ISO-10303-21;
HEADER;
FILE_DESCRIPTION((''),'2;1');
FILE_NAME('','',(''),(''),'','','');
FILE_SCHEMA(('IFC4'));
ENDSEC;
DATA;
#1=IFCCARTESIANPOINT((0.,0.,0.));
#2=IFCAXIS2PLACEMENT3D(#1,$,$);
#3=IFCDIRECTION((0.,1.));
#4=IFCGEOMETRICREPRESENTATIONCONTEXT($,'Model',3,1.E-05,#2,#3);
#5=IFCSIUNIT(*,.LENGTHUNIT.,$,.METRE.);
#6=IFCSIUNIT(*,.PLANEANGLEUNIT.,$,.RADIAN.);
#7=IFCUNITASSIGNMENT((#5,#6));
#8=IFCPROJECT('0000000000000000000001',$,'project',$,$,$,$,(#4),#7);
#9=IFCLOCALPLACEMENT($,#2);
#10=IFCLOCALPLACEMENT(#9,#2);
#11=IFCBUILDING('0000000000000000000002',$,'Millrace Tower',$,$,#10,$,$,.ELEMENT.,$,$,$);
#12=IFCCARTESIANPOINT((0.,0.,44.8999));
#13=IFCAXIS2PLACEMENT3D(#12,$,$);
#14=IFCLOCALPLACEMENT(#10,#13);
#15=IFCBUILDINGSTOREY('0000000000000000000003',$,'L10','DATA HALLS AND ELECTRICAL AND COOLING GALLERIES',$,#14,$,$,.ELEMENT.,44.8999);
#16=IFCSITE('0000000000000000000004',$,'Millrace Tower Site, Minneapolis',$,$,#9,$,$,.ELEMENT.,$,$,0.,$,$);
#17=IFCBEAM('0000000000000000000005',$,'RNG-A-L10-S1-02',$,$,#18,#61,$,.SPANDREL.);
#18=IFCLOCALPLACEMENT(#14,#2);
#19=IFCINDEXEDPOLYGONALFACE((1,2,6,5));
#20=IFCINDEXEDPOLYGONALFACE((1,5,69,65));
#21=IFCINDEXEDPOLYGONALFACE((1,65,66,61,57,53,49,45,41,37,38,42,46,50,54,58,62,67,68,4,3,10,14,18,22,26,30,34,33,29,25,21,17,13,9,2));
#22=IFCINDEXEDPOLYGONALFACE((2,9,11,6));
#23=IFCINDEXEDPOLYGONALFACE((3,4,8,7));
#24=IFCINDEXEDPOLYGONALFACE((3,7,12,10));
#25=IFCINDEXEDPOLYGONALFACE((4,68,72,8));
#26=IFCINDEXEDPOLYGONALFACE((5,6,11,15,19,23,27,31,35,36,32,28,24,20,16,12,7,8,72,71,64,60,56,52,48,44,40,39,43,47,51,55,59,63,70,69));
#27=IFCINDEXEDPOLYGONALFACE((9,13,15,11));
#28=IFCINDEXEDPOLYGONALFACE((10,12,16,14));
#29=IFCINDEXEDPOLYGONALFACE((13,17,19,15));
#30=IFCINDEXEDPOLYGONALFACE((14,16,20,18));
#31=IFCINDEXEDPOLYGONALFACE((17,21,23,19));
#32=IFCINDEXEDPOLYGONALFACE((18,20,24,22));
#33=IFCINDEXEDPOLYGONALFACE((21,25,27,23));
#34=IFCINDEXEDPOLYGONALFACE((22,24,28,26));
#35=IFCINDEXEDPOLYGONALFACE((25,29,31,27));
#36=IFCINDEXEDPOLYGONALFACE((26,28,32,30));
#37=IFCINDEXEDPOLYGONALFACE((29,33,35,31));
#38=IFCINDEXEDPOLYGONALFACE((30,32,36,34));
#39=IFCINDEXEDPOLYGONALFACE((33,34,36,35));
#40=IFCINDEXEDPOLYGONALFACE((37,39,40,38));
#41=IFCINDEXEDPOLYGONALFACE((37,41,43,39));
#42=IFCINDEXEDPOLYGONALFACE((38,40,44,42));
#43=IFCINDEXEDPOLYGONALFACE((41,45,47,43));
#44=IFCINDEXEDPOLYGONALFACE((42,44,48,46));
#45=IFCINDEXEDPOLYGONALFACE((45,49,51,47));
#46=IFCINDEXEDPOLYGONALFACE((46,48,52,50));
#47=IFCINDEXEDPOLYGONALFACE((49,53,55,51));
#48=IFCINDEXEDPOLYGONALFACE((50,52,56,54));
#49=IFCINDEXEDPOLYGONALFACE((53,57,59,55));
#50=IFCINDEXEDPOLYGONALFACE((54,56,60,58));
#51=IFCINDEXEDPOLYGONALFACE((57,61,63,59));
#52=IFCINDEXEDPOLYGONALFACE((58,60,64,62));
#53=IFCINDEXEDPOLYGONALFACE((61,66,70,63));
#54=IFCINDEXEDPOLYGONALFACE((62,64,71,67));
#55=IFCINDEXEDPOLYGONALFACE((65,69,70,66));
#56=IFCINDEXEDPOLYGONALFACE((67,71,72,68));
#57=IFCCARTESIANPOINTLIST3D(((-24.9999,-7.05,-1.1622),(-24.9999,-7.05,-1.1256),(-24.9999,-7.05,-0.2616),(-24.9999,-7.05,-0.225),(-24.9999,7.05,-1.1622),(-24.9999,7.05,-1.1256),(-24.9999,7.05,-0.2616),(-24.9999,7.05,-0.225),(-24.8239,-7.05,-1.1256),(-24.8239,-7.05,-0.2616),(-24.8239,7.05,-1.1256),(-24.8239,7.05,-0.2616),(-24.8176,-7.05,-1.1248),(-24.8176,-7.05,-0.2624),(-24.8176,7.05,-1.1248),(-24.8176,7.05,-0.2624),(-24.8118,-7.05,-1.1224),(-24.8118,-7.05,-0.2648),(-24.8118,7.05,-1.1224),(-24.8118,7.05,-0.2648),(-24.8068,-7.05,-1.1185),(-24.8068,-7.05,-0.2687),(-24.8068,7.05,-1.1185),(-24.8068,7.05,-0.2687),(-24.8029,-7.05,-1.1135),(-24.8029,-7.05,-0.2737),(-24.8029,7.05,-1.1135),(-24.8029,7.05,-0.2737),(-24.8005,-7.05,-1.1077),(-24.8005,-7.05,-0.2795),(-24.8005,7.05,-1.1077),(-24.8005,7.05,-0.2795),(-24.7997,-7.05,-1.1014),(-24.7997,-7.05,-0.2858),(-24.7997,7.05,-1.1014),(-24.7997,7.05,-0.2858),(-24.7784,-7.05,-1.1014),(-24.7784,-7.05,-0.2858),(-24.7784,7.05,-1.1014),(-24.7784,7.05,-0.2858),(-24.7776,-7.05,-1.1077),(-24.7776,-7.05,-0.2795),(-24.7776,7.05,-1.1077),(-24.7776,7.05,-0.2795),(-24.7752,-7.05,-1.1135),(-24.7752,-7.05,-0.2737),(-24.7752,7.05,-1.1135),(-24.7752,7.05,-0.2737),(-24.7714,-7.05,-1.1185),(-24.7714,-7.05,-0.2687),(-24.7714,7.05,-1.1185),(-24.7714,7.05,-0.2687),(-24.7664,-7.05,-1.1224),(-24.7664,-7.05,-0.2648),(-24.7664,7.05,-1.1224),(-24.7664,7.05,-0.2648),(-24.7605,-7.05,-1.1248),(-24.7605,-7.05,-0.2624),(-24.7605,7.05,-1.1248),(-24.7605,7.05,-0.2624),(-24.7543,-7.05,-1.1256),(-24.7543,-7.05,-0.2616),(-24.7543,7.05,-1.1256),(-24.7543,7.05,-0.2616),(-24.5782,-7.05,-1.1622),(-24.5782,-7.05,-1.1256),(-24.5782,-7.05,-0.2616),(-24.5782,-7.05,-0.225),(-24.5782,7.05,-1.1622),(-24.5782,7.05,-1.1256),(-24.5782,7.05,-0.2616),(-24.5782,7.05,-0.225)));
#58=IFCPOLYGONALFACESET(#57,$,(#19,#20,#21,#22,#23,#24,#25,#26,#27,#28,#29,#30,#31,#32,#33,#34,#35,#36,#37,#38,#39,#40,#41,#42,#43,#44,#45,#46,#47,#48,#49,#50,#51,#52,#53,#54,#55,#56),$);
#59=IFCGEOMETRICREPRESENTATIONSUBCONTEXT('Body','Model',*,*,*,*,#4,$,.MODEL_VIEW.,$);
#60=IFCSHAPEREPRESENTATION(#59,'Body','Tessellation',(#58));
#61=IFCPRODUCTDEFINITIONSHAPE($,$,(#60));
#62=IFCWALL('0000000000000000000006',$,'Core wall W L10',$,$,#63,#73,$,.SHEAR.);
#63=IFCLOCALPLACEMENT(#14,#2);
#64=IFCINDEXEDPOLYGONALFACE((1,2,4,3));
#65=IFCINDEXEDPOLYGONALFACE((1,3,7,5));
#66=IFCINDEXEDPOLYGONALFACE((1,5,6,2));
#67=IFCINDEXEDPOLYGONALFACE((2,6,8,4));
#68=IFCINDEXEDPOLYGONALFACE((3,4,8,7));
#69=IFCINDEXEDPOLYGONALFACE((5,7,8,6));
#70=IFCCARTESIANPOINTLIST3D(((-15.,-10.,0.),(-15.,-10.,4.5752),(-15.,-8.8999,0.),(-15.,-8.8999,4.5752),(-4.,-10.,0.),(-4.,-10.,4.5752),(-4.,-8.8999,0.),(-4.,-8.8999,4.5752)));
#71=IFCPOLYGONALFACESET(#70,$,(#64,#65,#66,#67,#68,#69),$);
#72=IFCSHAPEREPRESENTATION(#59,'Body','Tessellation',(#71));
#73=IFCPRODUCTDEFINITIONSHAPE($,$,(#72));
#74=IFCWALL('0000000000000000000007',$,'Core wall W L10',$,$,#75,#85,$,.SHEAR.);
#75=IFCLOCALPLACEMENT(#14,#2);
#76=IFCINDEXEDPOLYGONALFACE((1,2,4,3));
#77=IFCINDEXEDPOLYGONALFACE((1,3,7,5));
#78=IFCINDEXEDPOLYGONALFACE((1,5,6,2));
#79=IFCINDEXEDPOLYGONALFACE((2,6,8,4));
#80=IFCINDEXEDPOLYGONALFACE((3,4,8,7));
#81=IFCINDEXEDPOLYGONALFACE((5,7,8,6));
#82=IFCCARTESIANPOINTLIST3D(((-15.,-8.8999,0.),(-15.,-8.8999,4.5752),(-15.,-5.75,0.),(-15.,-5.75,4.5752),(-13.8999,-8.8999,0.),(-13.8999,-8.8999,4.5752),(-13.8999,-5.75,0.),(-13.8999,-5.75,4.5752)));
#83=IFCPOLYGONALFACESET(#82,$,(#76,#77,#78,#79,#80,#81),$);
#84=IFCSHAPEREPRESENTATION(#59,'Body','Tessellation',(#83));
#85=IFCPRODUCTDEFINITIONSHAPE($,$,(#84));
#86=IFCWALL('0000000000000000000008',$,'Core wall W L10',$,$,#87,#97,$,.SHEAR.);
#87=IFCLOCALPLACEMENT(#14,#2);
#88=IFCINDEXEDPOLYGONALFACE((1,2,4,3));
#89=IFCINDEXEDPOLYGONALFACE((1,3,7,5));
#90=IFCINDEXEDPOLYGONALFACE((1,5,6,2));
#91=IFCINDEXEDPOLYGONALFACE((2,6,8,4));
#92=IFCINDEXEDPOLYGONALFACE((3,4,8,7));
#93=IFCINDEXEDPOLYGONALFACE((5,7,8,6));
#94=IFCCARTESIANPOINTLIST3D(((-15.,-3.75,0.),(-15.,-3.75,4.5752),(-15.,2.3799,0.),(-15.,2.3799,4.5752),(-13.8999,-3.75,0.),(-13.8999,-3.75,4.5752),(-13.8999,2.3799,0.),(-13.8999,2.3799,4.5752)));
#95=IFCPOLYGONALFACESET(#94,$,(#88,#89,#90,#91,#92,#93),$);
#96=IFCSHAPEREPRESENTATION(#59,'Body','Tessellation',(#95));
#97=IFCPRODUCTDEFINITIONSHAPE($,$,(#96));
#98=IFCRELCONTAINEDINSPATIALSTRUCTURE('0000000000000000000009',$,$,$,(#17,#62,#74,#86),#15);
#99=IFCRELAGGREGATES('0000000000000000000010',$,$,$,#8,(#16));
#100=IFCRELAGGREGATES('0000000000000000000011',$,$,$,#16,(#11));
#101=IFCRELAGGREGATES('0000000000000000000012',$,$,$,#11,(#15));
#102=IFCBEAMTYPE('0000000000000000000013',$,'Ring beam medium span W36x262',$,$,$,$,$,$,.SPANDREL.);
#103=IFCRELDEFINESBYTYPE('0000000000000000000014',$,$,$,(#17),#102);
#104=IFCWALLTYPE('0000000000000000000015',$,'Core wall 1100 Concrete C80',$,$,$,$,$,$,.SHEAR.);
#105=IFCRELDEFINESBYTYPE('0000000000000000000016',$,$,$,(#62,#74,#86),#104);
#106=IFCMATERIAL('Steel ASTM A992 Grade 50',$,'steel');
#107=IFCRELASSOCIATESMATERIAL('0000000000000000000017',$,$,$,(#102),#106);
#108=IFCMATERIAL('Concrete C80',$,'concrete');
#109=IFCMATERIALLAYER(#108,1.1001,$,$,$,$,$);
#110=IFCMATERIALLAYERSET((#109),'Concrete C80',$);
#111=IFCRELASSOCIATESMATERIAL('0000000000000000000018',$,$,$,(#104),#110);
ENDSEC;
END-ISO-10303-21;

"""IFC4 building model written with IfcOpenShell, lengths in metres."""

from ifc_helpers import new_model, si_unit, direction, frame, frame_2d, origin, origin_2d, place, context, subcontext, project, spatial, rectangle, i_section, extrude, material, layer, layer_set, material_profile, profile_set, type_object, element, save


model = new_model("IFC4")

# Units and contexts
model_context = context("Model", 3, precision=1e-05, world=origin(), true_north=direction((0.0, 1.0)))
body_context = subcontext(model_context, "Body", "Model", "MODEL_VIEW")
ifc_project = project(units=[si_unit("LENGTHUNIT", "METRE"), si_unit("PLANEANGLEUNIT", "RADIAN")], contexts=[model_context])

# Site, building, storey
site_placement = place(None, origin())
site = spatial("IfcSite", under=ifc_project, at=site_placement, Name="Millrace Tower Site, Minneapolis", CompositionType="ELEMENT", RefElevation=0.0)
building_placement = place(site_placement, origin())
building = spatial("IfcBuilding", under=site, at=building_placement, Name="Millrace Tower", CompositionType="ELEMENT")
storey_placement = place(building_placement, frame((0.0, 0.0, 44.8999)))
storey = spatial("IfcBuildingStorey", under=building, at=storey_placement, Name="L10", Description="DATA HALLS AND ELECTRICAL AND COOLING GALLERIES", CompositionType="ELEMENT", Elevation=44.8999)

# Beam
ifc_material_1 = material(Name="Steel ASTM A992 Grade 50", Category="steel")
ifc_material_profile_1 = material_profile(ifc_material_1, i_section(OverallWidth=0.4216, OverallDepth=0.9373, WebThickness=0.0212, FlangeThickness=0.0366, FilletRadius=0.0242, at=origin_2d()))
ifc_profile_set_1 = profile_set([ifc_material_profile_1], Name="Steel ASTM A992 Grade 50")
beam_type_1 = type_object("IfcBeamType", Name="Ring beam medium span W36x262", PredefinedType="SPANDREL", material=ifc_profile_set_1)
beam_1_placement = place(storey_placement, frame((-24.7891, -7.05, -0.6936), z_axis=(0.0, 1.0, 0.0), x_axis=(-1.0, 0.0, 0.0)))
element("IfcBeam", 1, at=beam_1_placement, inside=storey, type_object=beam_type_1, Name="RNG-A-L10-S1-02", PredefinedType="SPANDREL", context=body_context, shape_type="SweptSolid", body=[
    extrude(i_section(OverallWidth=0.4216, OverallDepth=0.9373, WebThickness=0.0212, FlangeThickness=0.0366, FilletRadius=0.0242, at=origin_2d()), origin(), (0.0, 0.0, 1.0), 14.1001),
])

# Walls
ifc_material_2 = material(Name="Concrete C80", Category="concrete")
ifc_layer_1 = layer(ifc_material_2, 1.1001)
ifc_layer_set_1 = layer_set([ifc_layer_1], Name="Concrete C80")
wall_type_1 = type_object("IfcWallType", Name="Core wall 1100 Concrete C80", PredefinedType="SHEAR", material=ifc_layer_set_1)
wall_1_placement = place(storey_placement, frame((-15.0, -9.45, 0.0), z_axis=(0.0, 0.0, 1.0), x_axis=(1.0, 0.0, 0.0)))
element("IfcWall", 2, at=wall_1_placement, inside=storey, type_object=wall_type_1, Name="Core wall W L10", PredefinedType="SHEAR", context=body_context, shape_type="SweptSolid", body=[
    extrude(rectangle(XDim=11.0, YDim=1.1001, at=frame_2d((5.5, 0.0))), origin(), (0.0, 0.0, 1.0), 4.5752),
])
wall_2_placement = place(storey_placement, frame((-14.45, -8.8999, 0.0), z_axis=(0.0, 0.0, 1.0), x_axis=(0.0, 1.0, 0.0)))
element("IfcWall", 3, at=wall_2_placement, inside=storey, type_object=wall_type_1, Name="Core wall W L10", PredefinedType="SHEAR", context=body_context, shape_type="SweptSolid", body=[
    extrude(rectangle(XDim=3.1499, YDim=1.1001, at=frame_2d((1.575, 0.0))), origin(), (0.0, 0.0, 1.0), 4.5752),
])
wall_3_placement = place(storey_placement, frame((-14.45, -3.75, 0.0), z_axis=(0.0, 0.0, 1.0), x_axis=(0.0, 1.0, 0.0)))
element("IfcWall", 4, at=wall_3_placement, inside=storey, type_object=wall_type_1, Name="Core wall W L10", PredefinedType="SHEAR", context=body_context, shape_type="SweptSolid", body=[
    extrude(rectangle(XDim=6.1299, YDim=1.1001, at=frame_2d((3.0649, 0.0))), origin(), (0.0, 0.0, 1.0), 4.5752),
])

save(model, "model.ifc")
